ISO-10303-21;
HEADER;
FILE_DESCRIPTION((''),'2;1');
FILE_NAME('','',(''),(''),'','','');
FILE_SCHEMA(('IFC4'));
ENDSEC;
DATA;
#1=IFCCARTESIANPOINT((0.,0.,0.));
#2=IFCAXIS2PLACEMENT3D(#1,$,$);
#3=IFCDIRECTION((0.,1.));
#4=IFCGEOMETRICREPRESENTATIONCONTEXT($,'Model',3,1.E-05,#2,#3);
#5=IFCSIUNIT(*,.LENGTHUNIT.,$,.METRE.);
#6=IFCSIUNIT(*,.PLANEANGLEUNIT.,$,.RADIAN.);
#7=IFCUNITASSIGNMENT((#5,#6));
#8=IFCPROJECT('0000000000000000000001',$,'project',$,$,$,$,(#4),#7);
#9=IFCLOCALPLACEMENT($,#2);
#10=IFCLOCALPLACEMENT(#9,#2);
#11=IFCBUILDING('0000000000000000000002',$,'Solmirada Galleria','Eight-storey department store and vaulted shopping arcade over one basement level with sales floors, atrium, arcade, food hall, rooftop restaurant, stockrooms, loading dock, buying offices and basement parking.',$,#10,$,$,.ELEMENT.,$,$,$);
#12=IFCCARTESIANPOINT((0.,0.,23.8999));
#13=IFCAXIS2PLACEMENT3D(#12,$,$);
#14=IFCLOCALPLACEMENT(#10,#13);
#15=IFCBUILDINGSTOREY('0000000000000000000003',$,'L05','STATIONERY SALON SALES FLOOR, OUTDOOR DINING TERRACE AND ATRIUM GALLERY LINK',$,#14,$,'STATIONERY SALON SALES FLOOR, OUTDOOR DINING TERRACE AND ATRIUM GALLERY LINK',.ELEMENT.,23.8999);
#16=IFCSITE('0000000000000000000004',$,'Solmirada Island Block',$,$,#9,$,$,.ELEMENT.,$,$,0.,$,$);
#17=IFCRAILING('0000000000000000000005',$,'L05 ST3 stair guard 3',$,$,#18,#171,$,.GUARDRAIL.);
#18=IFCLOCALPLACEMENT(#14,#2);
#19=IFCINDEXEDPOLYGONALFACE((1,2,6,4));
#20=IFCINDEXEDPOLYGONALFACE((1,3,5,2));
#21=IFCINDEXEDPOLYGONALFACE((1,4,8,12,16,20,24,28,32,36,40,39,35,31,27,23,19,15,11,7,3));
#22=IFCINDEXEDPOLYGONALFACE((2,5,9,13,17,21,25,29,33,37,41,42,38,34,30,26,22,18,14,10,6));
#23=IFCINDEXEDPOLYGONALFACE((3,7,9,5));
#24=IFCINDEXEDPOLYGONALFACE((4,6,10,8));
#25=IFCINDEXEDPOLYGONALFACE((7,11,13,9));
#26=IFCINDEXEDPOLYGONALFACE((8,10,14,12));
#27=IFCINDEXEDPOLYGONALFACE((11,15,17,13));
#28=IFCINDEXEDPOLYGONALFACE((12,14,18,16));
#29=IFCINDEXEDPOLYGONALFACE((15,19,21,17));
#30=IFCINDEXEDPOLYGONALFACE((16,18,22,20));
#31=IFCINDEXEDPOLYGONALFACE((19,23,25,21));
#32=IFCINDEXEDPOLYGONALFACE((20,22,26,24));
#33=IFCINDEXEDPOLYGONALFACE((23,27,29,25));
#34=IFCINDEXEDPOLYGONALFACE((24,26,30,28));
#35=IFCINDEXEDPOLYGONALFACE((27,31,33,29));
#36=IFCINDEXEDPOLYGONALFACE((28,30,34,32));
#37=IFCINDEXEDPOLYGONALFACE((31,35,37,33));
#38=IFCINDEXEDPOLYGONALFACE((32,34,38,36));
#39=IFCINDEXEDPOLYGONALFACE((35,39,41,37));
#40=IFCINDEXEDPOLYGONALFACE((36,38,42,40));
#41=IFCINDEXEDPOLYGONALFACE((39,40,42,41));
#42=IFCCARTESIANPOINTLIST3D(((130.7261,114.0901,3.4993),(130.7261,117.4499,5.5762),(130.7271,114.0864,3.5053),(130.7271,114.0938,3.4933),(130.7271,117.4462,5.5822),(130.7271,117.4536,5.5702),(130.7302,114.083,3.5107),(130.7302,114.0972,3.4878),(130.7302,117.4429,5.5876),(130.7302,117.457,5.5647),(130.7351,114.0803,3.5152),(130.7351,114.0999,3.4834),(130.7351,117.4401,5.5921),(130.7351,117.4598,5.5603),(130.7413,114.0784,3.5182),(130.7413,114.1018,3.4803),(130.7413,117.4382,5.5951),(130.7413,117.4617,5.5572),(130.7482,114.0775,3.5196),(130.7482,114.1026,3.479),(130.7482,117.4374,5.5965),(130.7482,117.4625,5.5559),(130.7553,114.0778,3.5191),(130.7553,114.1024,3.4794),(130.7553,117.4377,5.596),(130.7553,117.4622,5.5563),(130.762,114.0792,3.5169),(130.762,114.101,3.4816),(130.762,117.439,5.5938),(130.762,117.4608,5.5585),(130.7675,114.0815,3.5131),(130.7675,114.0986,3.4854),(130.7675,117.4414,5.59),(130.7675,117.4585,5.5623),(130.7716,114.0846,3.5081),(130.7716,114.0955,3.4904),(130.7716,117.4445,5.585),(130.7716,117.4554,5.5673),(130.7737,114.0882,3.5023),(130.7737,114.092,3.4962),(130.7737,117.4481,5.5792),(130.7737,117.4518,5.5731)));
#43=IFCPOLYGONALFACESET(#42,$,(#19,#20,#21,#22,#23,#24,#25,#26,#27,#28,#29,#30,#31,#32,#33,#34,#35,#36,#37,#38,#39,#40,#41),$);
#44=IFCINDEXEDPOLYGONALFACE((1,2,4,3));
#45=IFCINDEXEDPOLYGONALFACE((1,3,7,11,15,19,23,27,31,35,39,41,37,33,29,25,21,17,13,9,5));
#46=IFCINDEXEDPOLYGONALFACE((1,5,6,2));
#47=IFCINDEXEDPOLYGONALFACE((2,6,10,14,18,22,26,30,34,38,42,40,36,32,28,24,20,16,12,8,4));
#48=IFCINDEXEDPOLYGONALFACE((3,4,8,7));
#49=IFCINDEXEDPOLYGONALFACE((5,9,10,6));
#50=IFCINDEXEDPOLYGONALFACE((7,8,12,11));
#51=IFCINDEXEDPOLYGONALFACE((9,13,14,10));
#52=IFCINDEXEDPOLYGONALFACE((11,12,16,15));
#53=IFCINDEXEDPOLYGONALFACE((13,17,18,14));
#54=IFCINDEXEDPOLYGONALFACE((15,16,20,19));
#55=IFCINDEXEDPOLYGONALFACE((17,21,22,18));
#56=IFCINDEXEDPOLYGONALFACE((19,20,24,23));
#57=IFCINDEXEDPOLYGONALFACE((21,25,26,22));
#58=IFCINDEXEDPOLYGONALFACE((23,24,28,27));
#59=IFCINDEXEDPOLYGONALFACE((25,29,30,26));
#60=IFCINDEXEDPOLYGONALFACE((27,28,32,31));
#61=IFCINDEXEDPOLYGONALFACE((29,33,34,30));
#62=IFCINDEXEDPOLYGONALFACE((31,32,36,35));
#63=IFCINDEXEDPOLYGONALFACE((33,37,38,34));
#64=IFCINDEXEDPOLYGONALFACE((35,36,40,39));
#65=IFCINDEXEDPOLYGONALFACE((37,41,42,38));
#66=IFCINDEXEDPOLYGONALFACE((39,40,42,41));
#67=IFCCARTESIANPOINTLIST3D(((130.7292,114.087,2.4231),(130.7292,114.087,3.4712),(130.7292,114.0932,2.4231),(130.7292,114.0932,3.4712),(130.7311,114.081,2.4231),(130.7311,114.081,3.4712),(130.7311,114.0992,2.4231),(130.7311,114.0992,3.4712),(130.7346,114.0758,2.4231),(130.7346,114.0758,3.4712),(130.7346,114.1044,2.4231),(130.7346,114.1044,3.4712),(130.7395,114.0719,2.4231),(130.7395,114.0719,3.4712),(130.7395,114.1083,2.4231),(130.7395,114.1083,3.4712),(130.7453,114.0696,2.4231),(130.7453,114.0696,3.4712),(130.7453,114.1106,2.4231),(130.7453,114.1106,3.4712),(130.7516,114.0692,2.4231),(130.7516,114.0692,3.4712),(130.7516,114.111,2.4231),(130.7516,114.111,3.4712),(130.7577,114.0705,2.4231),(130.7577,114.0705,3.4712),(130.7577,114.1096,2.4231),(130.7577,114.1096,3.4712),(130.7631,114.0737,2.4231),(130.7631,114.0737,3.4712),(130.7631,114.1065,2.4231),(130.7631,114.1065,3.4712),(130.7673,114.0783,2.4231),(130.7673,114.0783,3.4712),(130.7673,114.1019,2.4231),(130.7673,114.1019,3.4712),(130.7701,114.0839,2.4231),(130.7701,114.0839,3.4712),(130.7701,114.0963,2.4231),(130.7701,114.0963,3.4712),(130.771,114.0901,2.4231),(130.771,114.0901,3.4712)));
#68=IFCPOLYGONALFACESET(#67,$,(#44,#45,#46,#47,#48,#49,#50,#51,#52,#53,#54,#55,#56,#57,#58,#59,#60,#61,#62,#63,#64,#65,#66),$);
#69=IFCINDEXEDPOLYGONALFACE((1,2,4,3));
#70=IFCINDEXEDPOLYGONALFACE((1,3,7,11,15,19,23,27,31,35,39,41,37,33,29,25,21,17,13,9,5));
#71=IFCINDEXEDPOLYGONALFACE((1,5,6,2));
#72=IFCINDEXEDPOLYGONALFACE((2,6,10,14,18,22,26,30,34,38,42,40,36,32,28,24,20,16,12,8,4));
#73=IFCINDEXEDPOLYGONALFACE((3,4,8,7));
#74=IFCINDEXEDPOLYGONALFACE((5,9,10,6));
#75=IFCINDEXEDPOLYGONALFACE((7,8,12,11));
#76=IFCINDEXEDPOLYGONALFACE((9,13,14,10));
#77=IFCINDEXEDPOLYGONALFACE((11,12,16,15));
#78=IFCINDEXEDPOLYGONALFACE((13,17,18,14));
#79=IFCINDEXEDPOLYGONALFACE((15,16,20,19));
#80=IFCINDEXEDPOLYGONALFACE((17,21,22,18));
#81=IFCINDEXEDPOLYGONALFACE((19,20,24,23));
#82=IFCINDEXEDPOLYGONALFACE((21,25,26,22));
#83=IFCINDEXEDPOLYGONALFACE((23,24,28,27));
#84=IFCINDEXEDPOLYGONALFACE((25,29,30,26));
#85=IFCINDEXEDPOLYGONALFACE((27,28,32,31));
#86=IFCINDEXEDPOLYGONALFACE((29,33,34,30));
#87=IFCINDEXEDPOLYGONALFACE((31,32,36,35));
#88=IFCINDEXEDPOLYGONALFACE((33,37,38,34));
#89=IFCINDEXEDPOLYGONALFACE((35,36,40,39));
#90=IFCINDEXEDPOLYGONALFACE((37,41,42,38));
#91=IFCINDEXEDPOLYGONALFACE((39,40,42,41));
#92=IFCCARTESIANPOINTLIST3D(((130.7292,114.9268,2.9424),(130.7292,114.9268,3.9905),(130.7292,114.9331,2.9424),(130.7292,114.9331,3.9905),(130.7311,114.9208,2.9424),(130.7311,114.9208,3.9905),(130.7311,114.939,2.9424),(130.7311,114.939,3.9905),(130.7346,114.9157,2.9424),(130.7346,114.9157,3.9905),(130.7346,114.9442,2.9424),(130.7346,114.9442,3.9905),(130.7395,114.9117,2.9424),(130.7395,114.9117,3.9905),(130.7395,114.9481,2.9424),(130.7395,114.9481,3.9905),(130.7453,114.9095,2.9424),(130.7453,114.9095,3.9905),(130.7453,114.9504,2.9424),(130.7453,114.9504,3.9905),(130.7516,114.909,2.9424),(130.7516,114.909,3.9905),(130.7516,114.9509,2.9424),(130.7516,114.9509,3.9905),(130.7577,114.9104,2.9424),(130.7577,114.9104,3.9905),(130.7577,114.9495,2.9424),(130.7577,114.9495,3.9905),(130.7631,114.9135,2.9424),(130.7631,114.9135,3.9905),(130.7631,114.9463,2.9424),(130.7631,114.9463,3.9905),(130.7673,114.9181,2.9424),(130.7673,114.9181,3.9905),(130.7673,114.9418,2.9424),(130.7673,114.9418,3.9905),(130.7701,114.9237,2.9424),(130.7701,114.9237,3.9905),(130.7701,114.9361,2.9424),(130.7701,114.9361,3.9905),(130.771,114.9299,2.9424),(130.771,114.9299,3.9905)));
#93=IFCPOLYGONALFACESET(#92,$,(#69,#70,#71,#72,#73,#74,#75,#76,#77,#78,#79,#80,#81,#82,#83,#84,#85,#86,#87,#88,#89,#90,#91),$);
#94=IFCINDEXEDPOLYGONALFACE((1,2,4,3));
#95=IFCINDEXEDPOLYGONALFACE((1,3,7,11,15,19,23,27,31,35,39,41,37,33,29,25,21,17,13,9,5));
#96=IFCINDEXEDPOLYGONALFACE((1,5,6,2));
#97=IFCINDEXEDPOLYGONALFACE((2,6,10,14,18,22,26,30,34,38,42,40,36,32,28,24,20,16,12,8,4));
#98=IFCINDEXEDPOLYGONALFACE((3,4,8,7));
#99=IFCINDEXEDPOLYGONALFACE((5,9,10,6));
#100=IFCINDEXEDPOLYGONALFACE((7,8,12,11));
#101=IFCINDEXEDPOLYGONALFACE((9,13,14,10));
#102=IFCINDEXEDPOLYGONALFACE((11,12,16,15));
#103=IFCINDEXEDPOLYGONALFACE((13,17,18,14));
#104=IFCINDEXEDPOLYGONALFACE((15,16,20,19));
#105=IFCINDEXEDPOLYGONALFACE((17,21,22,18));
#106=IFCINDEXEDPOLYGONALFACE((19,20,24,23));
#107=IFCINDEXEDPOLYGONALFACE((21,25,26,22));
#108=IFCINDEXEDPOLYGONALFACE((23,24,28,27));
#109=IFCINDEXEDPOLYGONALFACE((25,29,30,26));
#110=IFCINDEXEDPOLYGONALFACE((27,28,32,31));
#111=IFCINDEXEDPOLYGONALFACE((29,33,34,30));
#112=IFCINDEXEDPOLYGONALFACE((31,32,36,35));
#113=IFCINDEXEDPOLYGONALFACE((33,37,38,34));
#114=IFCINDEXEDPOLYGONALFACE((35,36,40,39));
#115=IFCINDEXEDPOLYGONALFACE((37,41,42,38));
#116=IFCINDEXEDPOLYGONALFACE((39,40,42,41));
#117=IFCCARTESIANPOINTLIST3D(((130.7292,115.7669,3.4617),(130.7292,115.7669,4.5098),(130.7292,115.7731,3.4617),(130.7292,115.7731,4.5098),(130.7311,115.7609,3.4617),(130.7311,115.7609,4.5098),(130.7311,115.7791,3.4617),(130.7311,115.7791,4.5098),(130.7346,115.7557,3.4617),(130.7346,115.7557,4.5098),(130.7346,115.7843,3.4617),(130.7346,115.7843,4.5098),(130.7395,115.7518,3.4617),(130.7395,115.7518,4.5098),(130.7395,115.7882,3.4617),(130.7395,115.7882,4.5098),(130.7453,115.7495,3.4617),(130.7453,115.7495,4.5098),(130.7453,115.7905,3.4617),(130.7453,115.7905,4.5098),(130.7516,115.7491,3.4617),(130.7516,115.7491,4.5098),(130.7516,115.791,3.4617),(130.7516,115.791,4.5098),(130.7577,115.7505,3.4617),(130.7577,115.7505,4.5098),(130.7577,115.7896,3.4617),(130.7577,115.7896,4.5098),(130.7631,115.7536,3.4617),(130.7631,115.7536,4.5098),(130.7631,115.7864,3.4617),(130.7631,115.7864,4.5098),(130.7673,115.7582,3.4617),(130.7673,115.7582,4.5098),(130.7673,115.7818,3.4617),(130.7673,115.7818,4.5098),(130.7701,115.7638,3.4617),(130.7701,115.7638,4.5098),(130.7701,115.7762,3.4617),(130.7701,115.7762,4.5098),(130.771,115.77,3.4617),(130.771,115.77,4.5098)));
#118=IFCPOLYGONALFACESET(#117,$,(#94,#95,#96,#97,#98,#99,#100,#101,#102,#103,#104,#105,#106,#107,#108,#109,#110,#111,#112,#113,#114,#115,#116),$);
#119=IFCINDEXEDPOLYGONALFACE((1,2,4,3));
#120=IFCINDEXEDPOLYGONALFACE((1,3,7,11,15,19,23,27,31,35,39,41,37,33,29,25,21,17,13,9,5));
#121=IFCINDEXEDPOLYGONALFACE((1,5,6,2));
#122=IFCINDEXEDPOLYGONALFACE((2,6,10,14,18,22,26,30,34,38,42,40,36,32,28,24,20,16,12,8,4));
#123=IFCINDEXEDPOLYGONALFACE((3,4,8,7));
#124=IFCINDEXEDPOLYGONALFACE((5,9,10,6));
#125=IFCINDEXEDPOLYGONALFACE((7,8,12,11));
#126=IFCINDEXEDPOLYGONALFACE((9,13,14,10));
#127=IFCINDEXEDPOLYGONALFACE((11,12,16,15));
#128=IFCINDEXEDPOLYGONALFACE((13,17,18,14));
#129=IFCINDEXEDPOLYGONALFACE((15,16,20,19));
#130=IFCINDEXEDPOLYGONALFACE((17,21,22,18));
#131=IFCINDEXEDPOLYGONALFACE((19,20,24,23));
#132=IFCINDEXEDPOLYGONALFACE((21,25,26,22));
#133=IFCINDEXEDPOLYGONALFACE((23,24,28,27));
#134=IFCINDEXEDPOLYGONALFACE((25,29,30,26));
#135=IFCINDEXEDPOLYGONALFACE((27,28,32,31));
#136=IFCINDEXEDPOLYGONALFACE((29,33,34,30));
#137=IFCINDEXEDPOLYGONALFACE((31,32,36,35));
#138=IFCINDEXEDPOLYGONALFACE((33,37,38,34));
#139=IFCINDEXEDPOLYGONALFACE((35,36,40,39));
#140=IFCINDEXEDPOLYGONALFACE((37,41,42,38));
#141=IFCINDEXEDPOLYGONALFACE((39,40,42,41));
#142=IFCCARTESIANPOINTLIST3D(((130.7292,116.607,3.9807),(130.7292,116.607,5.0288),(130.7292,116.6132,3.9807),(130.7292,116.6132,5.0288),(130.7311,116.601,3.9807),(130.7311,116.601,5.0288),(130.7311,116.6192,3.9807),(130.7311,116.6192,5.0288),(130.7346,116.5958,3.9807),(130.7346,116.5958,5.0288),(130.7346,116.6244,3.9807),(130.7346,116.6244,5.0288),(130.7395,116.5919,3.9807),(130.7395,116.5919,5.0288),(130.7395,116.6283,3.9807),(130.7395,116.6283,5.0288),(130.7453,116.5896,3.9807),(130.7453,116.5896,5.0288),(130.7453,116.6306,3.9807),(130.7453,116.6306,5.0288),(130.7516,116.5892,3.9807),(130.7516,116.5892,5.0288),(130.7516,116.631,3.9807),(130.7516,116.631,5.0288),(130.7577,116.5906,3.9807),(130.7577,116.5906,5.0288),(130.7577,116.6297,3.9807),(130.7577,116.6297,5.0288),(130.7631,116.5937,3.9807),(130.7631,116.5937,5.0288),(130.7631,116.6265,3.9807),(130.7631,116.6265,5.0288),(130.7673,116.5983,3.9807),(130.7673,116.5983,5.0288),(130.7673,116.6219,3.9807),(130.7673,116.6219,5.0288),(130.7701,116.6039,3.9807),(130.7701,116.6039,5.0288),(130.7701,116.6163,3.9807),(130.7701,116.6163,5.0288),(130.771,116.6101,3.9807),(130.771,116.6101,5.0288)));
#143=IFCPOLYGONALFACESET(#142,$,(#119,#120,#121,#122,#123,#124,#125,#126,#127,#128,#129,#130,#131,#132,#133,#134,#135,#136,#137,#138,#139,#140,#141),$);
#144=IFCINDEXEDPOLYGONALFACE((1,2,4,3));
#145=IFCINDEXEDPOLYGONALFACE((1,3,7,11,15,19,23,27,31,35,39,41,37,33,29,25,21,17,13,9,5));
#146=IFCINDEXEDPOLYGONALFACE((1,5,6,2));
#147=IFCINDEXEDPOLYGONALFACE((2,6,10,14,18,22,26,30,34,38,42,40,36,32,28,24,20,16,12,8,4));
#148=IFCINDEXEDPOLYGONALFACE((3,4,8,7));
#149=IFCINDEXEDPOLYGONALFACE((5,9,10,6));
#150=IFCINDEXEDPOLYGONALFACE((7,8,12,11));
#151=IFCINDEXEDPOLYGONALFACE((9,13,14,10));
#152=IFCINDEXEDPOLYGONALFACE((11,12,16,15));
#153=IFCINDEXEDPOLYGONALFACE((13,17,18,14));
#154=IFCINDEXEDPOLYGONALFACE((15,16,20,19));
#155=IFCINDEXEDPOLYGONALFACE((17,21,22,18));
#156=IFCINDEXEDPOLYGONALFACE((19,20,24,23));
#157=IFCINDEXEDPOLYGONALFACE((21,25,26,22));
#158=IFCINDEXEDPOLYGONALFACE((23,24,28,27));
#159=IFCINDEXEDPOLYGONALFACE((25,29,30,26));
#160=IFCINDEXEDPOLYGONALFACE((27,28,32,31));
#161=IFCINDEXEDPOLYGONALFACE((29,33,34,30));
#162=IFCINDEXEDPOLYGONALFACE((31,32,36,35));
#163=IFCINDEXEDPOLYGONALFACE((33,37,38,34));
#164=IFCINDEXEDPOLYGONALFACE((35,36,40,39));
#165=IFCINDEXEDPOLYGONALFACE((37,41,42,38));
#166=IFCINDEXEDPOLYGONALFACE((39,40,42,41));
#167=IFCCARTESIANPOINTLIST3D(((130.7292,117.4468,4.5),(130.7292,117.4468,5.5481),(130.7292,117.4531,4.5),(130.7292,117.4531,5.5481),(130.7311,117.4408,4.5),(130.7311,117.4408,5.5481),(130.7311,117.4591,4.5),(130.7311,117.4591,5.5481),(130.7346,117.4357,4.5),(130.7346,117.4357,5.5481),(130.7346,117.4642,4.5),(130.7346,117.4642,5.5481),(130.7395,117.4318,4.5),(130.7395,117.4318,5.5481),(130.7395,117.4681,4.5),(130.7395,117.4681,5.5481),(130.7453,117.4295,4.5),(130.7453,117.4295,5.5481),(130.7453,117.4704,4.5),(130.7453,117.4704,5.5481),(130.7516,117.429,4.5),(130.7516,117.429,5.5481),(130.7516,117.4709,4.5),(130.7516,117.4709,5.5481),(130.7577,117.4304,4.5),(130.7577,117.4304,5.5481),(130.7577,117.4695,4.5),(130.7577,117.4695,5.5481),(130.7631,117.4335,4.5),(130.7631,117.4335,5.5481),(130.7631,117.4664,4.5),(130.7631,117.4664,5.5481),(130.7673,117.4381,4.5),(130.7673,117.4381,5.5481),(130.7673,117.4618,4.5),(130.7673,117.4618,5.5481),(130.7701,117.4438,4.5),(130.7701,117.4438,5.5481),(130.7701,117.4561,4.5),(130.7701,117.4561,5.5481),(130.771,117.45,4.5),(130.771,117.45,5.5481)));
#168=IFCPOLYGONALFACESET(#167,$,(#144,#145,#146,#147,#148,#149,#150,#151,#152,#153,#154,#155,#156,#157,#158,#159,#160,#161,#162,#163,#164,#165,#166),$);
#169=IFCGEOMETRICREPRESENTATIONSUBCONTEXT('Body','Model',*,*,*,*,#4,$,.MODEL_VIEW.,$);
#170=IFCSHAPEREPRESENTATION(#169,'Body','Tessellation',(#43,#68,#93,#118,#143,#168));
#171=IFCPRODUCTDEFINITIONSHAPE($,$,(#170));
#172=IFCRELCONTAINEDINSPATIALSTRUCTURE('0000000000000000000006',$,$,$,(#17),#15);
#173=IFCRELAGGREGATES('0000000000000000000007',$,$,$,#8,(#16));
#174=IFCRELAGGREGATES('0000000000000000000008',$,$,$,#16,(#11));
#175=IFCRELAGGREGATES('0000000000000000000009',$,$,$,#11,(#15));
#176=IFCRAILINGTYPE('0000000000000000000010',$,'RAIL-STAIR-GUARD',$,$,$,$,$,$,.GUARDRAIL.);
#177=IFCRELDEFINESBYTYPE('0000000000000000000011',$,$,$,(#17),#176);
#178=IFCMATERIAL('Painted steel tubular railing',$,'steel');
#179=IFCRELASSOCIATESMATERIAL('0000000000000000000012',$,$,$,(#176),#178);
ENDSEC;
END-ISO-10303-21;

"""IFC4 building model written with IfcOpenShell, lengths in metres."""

from ifc_helpers import new_model, si_unit, direction, frame, origin, origin_2d, place, context, subcontext, project, spatial, circle, extrude, material, type_object, element, save


model = new_model("IFC4")

# Units and contexts
model_context = context("Model", 3, precision=1e-05, world=origin(), true_north=direction((0.0, 1.0)))
body_context = subcontext(model_context, "Body", "Model", "MODEL_VIEW")
ifc_project = project(units=[si_unit("LENGTHUNIT", "METRE"), si_unit("PLANEANGLEUNIT", "RADIAN")], contexts=[model_context])

# Site, building, storey
site_placement = place(None, origin())
site = spatial("IfcSite", under=ifc_project, at=site_placement, Name="Solmirada Island Block", CompositionType="ELEMENT", RefElevation=0.0)
building_placement = place(site_placement, origin())
building = spatial("IfcBuilding", under=site, at=building_placement, Name="Solmirada Galleria", Description="Eight-storey department store and vaulted shopping arcade over one basement level with sales floors, atrium, arcade, food hall, rooftop restaurant, stockrooms, loading dock, buying offices and basement parking.", CompositionType="ELEMENT")
storey_placement = place(building_placement, frame((0.0, 0.0, 23.8999)))
storey = spatial("IfcBuildingStorey", under=building, at=storey_placement, Name="L05", Description="STATIONERY SALON SALES FLOOR, OUTDOOR DINING TERRACE AND ATRIUM GALLERY LINK", LongName="STATIONERY SALON SALES FLOOR, OUTDOOR DINING TERRACE AND ATRIUM GALLERY LINK", CompositionType="ELEMENT", Elevation=23.8999)

# Railing
ifc_material_1 = material(Name="Painted steel tubular railing", Category="steel")
railing_type_1 = type_object("IfcRailingType", Name="RAIL-STAIR-GUARD", PredefinedType="GUARDRAIL", material=ifc_material_1)
railing_1_placement = place(storey_placement, frame((130.75, 114.0901, 2.4231)))
element("IfcRailing", 1, at=railing_1_placement, inside=storey, type_object=railing_type_1, Name="L05 ST3 stair guard 3", PredefinedType="GUARDRAIL", context=body_context, shape_type="SweptSolid", body=[
    extrude(circle(Radius=0.0239, at=origin_2d()), frame((0.0, 0.0, 1.0762), z_axis=(0.0, 0.850606, 0.525803), x_axis=(-1.0, 0.0, 0.0)), (0.0, 0.0, 1.0), 3.95),
    extrude(circle(Radius=0.021, at=origin_2d()), origin(), (0.0, 0.0, 1.0), 1.0481),
    extrude(circle(Radius=0.021, at=origin_2d()), frame((0.0, 0.8398, 0.5193)), (0.0, 0.0, 1.0), 1.0481),
    extrude(circle(Radius=0.021, at=origin_2d()), frame((0.0, 1.6799, 1.0386)), (0.0, 0.0, 1.0), 1.0481),
    extrude(circle(Radius=0.021, at=origin_2d()), frame((0.0, 2.52, 1.5576)), (0.0, 0.0, 1.0), 1.0481),
    extrude(circle(Radius=0.021, at=origin_2d()), frame((0.0, 3.3599, 2.0769)), (0.0, 0.0, 1.0), 1.0481),
])

save(model, "model.ifc")
